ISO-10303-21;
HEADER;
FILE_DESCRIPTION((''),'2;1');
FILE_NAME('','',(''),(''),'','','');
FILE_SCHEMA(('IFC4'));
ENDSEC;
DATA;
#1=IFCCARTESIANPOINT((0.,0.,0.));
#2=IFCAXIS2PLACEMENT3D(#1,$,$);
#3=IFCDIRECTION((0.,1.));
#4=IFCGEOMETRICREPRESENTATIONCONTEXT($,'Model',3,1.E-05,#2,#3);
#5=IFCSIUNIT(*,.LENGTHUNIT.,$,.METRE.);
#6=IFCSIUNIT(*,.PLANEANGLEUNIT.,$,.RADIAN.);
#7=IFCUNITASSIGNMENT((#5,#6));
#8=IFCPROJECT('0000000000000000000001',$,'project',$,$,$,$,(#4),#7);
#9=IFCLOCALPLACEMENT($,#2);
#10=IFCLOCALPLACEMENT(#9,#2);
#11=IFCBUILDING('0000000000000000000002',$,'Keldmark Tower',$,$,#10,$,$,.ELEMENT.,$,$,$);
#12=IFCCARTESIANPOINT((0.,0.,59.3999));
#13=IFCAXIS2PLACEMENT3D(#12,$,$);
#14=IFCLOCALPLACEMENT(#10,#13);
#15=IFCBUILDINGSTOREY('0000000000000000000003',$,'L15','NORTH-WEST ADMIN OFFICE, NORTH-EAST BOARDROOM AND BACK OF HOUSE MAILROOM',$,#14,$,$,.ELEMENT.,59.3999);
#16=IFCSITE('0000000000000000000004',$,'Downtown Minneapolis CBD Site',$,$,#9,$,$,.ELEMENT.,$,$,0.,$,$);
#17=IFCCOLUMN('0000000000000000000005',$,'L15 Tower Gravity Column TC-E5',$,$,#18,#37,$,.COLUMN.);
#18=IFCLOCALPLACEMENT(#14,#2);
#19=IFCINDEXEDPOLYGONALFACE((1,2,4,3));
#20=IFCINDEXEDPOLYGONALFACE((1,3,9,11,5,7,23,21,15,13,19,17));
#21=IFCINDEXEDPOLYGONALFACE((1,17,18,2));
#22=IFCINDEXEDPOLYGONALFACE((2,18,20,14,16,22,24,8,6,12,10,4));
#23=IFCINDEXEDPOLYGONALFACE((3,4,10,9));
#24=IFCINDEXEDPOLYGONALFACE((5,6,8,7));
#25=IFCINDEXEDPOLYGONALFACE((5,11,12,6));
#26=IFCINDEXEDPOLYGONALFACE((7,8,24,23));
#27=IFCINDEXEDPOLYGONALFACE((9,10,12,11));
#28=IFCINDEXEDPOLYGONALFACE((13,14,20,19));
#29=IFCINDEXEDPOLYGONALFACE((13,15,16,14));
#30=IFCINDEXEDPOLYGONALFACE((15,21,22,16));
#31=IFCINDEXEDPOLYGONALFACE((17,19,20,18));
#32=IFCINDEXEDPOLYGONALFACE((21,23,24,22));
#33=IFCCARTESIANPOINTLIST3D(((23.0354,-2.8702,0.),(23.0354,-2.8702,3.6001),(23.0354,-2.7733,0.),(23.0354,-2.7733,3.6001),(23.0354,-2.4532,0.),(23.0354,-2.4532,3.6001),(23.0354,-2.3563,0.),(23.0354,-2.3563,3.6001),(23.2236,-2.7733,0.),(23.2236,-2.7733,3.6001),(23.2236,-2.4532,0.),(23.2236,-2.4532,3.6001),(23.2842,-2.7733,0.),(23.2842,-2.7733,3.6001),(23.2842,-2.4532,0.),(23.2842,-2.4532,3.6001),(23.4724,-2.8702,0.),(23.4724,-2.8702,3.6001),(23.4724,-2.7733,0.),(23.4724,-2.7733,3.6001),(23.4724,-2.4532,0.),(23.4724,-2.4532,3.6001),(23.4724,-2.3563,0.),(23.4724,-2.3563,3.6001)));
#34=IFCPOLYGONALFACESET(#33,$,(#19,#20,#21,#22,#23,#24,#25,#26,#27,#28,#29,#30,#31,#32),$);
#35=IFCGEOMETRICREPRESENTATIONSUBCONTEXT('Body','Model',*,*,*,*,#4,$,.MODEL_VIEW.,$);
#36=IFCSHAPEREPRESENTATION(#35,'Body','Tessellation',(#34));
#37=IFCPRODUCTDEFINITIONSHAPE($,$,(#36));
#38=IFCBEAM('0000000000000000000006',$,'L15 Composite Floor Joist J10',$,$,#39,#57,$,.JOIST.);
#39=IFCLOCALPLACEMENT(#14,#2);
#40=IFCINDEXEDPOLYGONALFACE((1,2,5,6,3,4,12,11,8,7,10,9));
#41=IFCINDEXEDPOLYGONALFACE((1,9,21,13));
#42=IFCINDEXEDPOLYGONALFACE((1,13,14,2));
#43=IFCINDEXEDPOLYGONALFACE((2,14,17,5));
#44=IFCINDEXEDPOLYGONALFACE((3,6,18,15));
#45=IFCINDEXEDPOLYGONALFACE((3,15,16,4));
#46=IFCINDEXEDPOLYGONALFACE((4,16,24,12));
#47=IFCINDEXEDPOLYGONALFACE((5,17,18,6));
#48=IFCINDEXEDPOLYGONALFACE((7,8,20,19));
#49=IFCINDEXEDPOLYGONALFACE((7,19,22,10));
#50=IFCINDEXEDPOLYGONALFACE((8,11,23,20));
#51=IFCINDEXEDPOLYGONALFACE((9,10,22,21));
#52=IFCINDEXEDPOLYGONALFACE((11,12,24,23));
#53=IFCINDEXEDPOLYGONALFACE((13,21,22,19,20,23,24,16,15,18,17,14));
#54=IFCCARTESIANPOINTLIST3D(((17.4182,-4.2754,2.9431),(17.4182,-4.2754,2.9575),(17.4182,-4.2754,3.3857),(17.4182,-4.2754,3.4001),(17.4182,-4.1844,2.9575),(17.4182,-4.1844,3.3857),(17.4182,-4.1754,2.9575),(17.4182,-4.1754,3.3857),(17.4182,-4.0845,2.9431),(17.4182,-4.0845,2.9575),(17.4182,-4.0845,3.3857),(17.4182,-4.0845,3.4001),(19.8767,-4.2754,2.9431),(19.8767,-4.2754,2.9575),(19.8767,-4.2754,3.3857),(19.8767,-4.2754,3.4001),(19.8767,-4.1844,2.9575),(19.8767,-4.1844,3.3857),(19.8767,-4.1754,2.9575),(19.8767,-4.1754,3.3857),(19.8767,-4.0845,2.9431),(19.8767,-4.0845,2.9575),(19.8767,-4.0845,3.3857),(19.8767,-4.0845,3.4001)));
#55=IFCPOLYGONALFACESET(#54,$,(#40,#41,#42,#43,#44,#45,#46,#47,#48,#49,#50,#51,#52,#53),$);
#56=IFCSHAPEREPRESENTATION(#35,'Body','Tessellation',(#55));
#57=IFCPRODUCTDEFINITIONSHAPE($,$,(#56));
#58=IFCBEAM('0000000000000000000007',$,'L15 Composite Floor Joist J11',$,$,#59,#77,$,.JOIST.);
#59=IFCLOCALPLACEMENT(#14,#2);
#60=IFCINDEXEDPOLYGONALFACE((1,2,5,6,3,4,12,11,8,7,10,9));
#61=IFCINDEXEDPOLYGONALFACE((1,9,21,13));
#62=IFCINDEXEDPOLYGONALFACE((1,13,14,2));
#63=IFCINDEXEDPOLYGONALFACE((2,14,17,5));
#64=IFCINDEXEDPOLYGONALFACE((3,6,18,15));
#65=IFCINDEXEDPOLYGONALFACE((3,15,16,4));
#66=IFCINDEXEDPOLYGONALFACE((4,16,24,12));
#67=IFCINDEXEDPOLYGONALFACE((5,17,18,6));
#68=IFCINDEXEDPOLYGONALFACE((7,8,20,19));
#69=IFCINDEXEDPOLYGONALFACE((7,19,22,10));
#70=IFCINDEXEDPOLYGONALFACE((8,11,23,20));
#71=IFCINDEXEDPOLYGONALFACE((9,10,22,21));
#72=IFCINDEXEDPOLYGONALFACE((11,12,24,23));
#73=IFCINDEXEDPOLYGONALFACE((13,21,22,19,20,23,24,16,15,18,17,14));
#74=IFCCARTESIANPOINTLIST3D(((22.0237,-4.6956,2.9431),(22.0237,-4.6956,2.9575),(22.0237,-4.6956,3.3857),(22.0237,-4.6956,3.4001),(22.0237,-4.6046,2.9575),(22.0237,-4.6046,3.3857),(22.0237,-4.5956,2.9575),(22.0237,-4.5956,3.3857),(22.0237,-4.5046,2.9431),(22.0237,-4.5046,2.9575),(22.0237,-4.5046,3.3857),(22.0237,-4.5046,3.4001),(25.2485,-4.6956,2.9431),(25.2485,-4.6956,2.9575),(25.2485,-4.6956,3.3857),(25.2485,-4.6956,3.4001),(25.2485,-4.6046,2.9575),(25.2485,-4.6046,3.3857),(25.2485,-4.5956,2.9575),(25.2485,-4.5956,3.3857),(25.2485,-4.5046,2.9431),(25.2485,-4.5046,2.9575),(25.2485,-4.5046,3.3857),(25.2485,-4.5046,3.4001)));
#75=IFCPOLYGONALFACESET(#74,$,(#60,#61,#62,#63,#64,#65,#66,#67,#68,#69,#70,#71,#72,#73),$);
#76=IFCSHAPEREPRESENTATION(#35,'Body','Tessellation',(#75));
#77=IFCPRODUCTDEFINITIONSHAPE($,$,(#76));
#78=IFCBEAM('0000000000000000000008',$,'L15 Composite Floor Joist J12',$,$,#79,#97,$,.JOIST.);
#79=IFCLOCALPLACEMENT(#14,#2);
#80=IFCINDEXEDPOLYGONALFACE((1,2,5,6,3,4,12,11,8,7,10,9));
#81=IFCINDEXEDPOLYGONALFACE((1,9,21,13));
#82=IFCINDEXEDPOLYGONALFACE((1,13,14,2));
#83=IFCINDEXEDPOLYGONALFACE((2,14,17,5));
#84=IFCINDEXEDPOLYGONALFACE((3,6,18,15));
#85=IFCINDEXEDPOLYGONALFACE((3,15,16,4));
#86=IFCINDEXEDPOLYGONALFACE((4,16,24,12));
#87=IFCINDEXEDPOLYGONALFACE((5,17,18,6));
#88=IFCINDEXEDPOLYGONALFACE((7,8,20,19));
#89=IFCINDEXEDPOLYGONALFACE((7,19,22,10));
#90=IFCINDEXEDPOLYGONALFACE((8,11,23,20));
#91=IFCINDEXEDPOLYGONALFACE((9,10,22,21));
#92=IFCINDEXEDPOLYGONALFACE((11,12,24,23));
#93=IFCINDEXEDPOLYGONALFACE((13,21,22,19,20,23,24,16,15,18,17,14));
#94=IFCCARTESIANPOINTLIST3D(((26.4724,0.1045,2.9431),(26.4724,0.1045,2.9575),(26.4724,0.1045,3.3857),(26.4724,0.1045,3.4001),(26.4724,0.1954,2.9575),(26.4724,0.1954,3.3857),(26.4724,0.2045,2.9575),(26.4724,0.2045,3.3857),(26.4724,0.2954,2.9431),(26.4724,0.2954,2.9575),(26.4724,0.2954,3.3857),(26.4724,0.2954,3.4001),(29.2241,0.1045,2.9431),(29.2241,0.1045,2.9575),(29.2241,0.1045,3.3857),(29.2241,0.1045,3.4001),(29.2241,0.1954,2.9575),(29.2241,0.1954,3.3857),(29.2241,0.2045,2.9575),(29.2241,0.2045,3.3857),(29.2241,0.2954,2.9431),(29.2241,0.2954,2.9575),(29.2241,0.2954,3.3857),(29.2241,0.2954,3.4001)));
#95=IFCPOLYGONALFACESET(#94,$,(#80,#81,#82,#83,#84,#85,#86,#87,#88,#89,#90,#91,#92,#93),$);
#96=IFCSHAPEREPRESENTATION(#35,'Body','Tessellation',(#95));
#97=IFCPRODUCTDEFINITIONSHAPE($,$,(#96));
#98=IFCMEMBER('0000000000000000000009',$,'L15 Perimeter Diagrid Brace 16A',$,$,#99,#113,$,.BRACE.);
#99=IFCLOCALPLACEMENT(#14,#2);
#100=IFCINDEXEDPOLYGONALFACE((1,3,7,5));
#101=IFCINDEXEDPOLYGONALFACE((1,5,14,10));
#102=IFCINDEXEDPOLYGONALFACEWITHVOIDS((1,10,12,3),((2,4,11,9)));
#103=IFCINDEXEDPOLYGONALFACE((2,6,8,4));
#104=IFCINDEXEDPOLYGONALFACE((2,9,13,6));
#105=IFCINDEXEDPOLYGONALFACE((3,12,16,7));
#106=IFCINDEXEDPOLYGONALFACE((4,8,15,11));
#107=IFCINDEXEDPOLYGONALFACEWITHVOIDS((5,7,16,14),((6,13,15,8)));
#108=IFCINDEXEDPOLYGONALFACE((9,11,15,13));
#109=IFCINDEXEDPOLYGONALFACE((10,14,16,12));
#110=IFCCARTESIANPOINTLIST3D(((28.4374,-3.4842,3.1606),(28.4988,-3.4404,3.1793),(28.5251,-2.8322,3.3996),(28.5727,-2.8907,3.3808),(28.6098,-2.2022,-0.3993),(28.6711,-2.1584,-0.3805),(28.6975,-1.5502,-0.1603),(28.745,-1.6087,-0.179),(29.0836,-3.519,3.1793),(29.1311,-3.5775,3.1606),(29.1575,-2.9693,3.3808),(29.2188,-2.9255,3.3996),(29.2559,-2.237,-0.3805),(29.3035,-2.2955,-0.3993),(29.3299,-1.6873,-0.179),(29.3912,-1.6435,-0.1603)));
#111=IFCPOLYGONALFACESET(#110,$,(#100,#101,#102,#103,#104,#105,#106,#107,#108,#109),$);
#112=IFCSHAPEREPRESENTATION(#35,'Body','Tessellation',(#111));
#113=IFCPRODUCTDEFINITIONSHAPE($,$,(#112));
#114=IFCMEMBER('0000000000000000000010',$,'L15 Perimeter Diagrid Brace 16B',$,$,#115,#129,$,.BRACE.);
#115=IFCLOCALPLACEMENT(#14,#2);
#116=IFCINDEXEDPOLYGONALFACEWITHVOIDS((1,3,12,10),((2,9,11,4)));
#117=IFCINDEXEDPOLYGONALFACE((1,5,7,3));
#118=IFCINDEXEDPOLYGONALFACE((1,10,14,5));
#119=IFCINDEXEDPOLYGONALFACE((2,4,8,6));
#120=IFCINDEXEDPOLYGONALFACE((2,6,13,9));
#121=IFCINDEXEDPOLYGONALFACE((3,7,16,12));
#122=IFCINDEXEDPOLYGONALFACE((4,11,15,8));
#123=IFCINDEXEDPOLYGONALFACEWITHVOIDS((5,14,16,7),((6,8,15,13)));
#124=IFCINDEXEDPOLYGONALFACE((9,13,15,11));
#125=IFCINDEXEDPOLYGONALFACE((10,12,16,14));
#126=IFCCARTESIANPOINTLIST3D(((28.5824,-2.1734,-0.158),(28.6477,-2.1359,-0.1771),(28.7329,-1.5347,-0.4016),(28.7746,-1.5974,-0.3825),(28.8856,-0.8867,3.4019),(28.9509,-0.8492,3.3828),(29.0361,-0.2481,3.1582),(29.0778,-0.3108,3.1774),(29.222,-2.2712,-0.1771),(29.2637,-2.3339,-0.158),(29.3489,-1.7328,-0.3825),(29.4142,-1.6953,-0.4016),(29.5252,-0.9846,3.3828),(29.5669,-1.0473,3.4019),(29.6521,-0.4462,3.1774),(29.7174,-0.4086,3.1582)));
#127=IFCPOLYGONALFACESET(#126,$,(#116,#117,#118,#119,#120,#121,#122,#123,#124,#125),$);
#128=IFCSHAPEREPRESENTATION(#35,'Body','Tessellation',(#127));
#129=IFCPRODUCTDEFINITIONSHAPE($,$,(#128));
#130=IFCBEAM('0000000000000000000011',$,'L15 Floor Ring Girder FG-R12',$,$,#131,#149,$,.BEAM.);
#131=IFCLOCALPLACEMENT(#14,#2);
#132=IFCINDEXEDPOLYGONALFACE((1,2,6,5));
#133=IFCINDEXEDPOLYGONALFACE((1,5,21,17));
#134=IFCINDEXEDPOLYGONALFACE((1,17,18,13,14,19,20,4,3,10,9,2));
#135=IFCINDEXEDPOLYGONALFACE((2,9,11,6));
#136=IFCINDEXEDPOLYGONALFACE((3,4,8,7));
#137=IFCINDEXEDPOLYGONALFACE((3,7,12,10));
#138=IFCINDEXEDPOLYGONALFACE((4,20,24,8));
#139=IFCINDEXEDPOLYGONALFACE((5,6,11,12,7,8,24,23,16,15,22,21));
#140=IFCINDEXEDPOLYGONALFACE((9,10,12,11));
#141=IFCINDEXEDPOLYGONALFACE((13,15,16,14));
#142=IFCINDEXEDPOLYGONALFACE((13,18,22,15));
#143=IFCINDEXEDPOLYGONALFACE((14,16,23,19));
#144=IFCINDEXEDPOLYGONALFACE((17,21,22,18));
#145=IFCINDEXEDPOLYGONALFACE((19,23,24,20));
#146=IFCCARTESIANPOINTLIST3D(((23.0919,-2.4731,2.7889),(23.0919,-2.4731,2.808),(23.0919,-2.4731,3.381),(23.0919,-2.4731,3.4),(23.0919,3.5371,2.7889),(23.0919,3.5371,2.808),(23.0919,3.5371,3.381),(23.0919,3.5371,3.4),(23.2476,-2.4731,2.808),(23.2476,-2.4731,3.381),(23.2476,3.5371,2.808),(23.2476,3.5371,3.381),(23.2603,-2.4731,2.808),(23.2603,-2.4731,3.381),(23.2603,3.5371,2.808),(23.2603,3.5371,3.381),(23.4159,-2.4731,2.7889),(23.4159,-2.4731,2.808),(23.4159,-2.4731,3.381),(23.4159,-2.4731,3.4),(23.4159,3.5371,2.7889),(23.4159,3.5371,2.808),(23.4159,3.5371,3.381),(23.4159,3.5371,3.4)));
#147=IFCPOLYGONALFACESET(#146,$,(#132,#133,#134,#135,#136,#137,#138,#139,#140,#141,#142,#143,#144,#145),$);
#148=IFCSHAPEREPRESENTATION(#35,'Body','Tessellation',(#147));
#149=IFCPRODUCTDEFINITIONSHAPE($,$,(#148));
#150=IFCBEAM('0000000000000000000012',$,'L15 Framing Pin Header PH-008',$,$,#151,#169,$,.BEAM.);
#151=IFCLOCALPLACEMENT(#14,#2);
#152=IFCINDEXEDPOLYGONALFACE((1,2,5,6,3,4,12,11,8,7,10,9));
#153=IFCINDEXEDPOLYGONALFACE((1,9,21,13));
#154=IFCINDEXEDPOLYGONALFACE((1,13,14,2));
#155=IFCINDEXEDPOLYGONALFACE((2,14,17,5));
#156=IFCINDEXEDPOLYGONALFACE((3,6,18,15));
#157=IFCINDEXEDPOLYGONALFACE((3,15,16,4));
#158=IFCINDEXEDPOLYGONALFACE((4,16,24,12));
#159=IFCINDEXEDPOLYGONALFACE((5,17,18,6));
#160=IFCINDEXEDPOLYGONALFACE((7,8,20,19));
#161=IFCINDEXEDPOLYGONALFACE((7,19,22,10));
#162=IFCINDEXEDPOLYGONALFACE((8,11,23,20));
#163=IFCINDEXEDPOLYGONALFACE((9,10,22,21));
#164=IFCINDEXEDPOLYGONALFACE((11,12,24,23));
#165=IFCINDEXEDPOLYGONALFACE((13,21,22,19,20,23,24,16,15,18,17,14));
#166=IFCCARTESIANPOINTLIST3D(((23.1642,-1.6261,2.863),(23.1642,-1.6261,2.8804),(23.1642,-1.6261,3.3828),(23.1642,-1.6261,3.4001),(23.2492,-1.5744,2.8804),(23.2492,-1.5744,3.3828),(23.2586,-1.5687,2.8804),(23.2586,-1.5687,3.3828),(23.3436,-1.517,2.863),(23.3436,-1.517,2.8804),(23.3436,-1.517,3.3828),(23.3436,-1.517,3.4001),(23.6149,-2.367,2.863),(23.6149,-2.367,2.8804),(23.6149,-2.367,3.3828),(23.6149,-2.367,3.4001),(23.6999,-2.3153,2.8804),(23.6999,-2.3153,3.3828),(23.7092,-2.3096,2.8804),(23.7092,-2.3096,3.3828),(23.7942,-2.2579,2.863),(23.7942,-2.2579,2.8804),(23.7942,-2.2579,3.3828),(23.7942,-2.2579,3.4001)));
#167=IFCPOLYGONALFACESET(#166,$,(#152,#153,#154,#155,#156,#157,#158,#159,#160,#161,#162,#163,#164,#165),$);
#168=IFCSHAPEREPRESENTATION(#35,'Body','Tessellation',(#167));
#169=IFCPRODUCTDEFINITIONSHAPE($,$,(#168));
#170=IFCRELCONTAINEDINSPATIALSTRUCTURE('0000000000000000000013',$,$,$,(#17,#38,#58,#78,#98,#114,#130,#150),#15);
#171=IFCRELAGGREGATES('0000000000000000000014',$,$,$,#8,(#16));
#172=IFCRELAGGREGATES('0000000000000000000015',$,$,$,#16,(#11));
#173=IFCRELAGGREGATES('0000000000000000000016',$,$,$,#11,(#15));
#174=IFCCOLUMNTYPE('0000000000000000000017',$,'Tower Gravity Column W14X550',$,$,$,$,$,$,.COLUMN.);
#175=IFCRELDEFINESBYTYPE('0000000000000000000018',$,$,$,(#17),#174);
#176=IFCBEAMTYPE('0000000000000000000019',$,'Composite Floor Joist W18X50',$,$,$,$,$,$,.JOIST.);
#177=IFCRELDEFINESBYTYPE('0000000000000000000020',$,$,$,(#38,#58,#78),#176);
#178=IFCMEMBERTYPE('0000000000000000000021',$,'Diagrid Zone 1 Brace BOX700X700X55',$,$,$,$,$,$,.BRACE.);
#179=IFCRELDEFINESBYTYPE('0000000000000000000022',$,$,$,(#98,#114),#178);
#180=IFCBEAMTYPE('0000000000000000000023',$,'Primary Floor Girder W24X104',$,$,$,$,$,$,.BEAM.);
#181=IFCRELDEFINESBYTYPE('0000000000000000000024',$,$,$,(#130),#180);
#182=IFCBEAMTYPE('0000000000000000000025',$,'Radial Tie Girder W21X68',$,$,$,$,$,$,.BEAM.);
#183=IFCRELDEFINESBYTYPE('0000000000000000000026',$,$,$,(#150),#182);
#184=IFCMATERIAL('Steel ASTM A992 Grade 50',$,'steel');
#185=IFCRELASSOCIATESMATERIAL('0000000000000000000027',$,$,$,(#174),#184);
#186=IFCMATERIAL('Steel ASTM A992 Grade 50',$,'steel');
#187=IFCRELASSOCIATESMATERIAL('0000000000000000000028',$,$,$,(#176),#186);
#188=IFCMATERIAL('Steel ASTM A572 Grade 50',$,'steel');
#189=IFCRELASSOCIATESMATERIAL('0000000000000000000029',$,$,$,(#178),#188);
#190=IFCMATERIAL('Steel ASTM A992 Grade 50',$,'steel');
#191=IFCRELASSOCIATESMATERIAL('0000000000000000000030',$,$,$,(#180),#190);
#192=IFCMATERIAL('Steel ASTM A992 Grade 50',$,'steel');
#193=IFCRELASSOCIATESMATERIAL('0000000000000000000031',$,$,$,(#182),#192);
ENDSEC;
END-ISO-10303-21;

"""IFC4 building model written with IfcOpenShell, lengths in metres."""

from ifc_helpers import new_model, si_unit, direction, frame, origin, origin_2d, place, context, subcontext, project, spatial, hollow_rectangle, i_section, extrude, material, material_profile, profile_set, type_object, element, save


model = new_model("IFC4")

# Units and contexts
model_context = context("Model", 3, precision=1e-05, world=origin(), true_north=direction((0.0, 1.0)))
body_context = subcontext(model_context, "Body", "Model", "MODEL_VIEW")
ifc_project = project(units=[si_unit("LENGTHUNIT", "METRE"), si_unit("PLANEANGLEUNIT", "RADIAN")], contexts=[model_context])

# Site, building, storey
site_placement = place(None, origin())
site = spatial("IfcSite", under=ifc_project, at=site_placement, Name="Downtown Minneapolis CBD Site", CompositionType="ELEMENT", RefElevation=0.0)
building_placement = place(site_placement, origin())
building = spatial("IfcBuilding", under=site, at=building_placement, Name="Keldmark Tower", CompositionType="ELEMENT")
storey_placement = place(building_placement, frame((0.0, 0.0, 59.3999)))
storey = spatial("IfcBuildingStorey", under=building, at=storey_placement, Name="L15", Description="NORTH-WEST ADMIN OFFICE, NORTH-EAST BOARDROOM AND BACK OF HOUSE MAILROOM", CompositionType="ELEMENT", Elevation=59.3999)

# Column
ifc_material_1 = material(Name="Steel ASTM A992 Grade 50", Category="steel")
ifc_material_profile_1 = material_profile(ifc_material_1, i_section(OverallWidth=0.437, OverallDepth=0.5139, WebThickness=0.0605, FlangeThickness=0.0969, at=origin_2d()), Name="W14X550")
ifc_profile_set_1 = profile_set([ifc_material_profile_1], Name="Steel ASTM A992 Grade 50")
column_type = type_object("IfcColumnType", Name="Tower Gravity Column W14X550", PredefinedType="COLUMN", material=ifc_profile_set_1)
column_placement = place(storey_placement, frame((23.2539, -2.6133, 0.0), z_axis=(0.0, 0.0, 1.0), x_axis=(1.0, 0.0, 0.0)))
element("IfcColumn", 1, at=column_placement, inside=storey, type_object=column_type, Name="L15 Tower Gravity Column TC-E5", PredefinedType="COLUMN", context=body_context, shape_type="SweptSolid", body=[
    extrude(i_section(OverallWidth=0.437, OverallDepth=0.5139, WebThickness=0.0605, FlangeThickness=0.0969, at=origin_2d()), origin(), (0.0, 0.0, 1.0), 3.6001),
])

# Beams
ifc_material_2 = material(Name="Steel ASTM A992 Grade 50", Category="steel")
ifc_material_profile_2 = material_profile(ifc_material_2, i_section(OverallWidth=0.1909, OverallDepth=0.457, WebThickness=0.009, FlangeThickness=0.0144, at=origin_2d()), Name="W18X50")
ifc_profile_set_2 = profile_set([ifc_material_profile_2], Name="Steel ASTM A992 Grade 50")
beam_type_1 = type_object("IfcBeamType", Name="Composite Floor Joist W18X50", PredefinedType="JOIST", material=ifc_profile_set_2)
beam_1_placement = place(storey_placement, frame((17.4182, -4.1799, 3.1716), z_axis=(1.0, 0.0, 0.0), x_axis=(0.0, 1.0, 0.0)))
element("IfcBeam", 2, at=beam_1_placement, inside=storey, type_object=beam_type_1, Name="L15 Composite Floor Joist J10", PredefinedType="JOIST", context=body_context, shape_type="SweptSolid", body=[
    extrude(i_section(OverallWidth=0.1909, OverallDepth=0.457, WebThickness=0.009, FlangeThickness=0.0144, at=origin_2d()), origin(), (0.0, 0.0, 1.0), 2.4585),
])
beam_2_placement = place(storey_placement, frame((22.0237, -4.6001, 3.1716), z_axis=(1.0, 0.0, 0.0), x_axis=(0.0, 1.0, 0.0)))
element("IfcBeam", 3, at=beam_2_placement, inside=storey, type_object=beam_type_1, Name="L15 Composite Floor Joist J11", PredefinedType="JOIST", context=body_context, shape_type="SweptSolid", body=[
    extrude(i_section(OverallWidth=0.1909, OverallDepth=0.457, WebThickness=0.009, FlangeThickness=0.0144, at=origin_2d()), origin(), (0.0, 0.0, 1.0), 3.2249),
])
beam_3_placement = place(storey_placement, frame((26.4724, 0.2, 3.1716), z_axis=(1.0, 0.0, 0.0), x_axis=(0.0, 1.0, 0.0)))
element("IfcBeam", 4, at=beam_3_placement, inside=storey, type_object=beam_type_1, Name="L15 Composite Floor Joist J12", PredefinedType="JOIST", context=body_context, shape_type="SweptSolid", body=[
    extrude(i_section(OverallWidth=0.1909, OverallDepth=0.457, WebThickness=0.009, FlangeThickness=0.0144, at=origin_2d()), origin(), (0.0, 0.0, 1.0), 2.7517),
])

# Members
ifc_material_3 = material(Name="Steel ASTM A572 Grade 50", Category="steel")
ifc_material_profile_3 = material_profile(ifc_material_3, hollow_rectangle(XDim=0.7, YDim=0.7, WallThickness=0.0549, at=origin_2d()), Name="BOX700X700X55")
ifc_profile_set_3 = profile_set([ifc_material_profile_3], Name="Steel ASTM A572 Grade 50")
member_type = type_object("IfcMemberType", Name="Diagrid Zone 1 Brace BOX700X700X55", PredefinedType="BRACE", material=ifc_profile_set_3)
member_1_placement = place(storey_placement, frame((29.0005, -1.9229, -0.2798), z_axis=(-0.045508, -0.338474, 0.939875), x_axis=(0.991082, -0.133252, 0.0)))
element("IfcMember", 5, at=member_1_placement, inside=storey, type_object=member_type, Name="L15 Perimeter Diagrid Brace 16A", PredefinedType="BRACE", context=body_context, shape_type="SweptSolid", body=[
    extrude(hollow_rectangle(XDim=0.7, YDim=0.7, WallThickness=0.0549, at=origin_2d()), origin(), (0.0, 0.0, 1.0), 3.7876),
])
member_2_placement = place(storey_placement, frame((28.9983, -1.9343, -0.2798), z_axis=(0.079852, 0.338824, 0.937455), x_axis=(-0.973335, 0.229389, 0.0)))
element("IfcMember", 6, at=member_2_placement, inside=storey, type_object=member_type, Name="L15 Perimeter Diagrid Brace 16B", PredefinedType="BRACE", context=body_context, shape_type="SweptSolid", body=[
    extrude(hollow_rectangle(XDim=0.7, YDim=0.7, WallThickness=0.0549, at=origin_2d()), origin(), (0.0, 0.0, 1.0), 3.7974),
])

# Beams
ifc_material_4 = material(Name="Steel ASTM A992 Grade 50", Category="steel")
ifc_material_profile_4 = material_profile(ifc_material_4, i_section(OverallWidth=0.324, OverallDepth=0.6111, WebThickness=0.0127, FlangeThickness=0.019, at=origin_2d()), Name="W24X104")
ifc_profile_set_4 = profile_set([ifc_material_profile_4], Name="Steel ASTM A992 Grade 50")
beam_type_2 = type_object("IfcBeamType", Name="Primary Floor Girder W24X104", PredefinedType="BEAM", material=ifc_profile_set_4)
beam_4_placement = place(storey_placement, frame((23.2539, -2.4731, 3.0945), z_axis=(0.0, 1.0, 0.0), x_axis=(-1.0, 0.0, 0.0)))
element("IfcBeam", 7, at=beam_4_placement, inside=storey, type_object=beam_type_2, Name="L15 Floor Ring Girder FG-R12", PredefinedType="BEAM", context=body_context, shape_type="SweptSolid", body=[
    extrude(i_section(OverallWidth=0.324, OverallDepth=0.6111, WebThickness=0.0127, FlangeThickness=0.019, at=origin_2d()), origin(), (0.0, 0.0, 1.0), 6.0103),
])
ifc_material_5 = material(Name="Steel ASTM A992 Grade 50", Category="steel")
ifc_material_profile_5 = material_profile(ifc_material_5, i_section(OverallWidth=0.21, OverallDepth=0.5371, WebThickness=0.011, FlangeThickness=0.0173, at=origin_2d()), Name="W21X68")
ifc_profile_set_5 = profile_set([ifc_material_profile_5], Name="Steel ASTM A992 Grade 50")
beam_type_3 = type_object("IfcBeamType", Name="Radial Tie Girder W21X68", PredefinedType="BEAM", material=ifc_profile_set_5)
beam_5_placement = place(storey_placement, frame((23.2539, -1.5715, 3.1316), z_axis=(0.519661, -0.854372, 0.0), x_axis=(0.854372, 0.519661, 0.0)))
element("IfcBeam", 8, at=beam_5_placement, inside=storey, type_object=beam_type_3, Name="L15 Framing Pin Header PH-008", PredefinedType="BEAM", context=body_context, shape_type="SweptSolid", body=[
    extrude(i_section(OverallWidth=0.21, OverallDepth=0.5371, WebThickness=0.011, FlangeThickness=0.0173, at=origin_2d()), origin(), (0.0, 0.0, 1.0), 0.8672),
])

save(model, "model.ifc")
